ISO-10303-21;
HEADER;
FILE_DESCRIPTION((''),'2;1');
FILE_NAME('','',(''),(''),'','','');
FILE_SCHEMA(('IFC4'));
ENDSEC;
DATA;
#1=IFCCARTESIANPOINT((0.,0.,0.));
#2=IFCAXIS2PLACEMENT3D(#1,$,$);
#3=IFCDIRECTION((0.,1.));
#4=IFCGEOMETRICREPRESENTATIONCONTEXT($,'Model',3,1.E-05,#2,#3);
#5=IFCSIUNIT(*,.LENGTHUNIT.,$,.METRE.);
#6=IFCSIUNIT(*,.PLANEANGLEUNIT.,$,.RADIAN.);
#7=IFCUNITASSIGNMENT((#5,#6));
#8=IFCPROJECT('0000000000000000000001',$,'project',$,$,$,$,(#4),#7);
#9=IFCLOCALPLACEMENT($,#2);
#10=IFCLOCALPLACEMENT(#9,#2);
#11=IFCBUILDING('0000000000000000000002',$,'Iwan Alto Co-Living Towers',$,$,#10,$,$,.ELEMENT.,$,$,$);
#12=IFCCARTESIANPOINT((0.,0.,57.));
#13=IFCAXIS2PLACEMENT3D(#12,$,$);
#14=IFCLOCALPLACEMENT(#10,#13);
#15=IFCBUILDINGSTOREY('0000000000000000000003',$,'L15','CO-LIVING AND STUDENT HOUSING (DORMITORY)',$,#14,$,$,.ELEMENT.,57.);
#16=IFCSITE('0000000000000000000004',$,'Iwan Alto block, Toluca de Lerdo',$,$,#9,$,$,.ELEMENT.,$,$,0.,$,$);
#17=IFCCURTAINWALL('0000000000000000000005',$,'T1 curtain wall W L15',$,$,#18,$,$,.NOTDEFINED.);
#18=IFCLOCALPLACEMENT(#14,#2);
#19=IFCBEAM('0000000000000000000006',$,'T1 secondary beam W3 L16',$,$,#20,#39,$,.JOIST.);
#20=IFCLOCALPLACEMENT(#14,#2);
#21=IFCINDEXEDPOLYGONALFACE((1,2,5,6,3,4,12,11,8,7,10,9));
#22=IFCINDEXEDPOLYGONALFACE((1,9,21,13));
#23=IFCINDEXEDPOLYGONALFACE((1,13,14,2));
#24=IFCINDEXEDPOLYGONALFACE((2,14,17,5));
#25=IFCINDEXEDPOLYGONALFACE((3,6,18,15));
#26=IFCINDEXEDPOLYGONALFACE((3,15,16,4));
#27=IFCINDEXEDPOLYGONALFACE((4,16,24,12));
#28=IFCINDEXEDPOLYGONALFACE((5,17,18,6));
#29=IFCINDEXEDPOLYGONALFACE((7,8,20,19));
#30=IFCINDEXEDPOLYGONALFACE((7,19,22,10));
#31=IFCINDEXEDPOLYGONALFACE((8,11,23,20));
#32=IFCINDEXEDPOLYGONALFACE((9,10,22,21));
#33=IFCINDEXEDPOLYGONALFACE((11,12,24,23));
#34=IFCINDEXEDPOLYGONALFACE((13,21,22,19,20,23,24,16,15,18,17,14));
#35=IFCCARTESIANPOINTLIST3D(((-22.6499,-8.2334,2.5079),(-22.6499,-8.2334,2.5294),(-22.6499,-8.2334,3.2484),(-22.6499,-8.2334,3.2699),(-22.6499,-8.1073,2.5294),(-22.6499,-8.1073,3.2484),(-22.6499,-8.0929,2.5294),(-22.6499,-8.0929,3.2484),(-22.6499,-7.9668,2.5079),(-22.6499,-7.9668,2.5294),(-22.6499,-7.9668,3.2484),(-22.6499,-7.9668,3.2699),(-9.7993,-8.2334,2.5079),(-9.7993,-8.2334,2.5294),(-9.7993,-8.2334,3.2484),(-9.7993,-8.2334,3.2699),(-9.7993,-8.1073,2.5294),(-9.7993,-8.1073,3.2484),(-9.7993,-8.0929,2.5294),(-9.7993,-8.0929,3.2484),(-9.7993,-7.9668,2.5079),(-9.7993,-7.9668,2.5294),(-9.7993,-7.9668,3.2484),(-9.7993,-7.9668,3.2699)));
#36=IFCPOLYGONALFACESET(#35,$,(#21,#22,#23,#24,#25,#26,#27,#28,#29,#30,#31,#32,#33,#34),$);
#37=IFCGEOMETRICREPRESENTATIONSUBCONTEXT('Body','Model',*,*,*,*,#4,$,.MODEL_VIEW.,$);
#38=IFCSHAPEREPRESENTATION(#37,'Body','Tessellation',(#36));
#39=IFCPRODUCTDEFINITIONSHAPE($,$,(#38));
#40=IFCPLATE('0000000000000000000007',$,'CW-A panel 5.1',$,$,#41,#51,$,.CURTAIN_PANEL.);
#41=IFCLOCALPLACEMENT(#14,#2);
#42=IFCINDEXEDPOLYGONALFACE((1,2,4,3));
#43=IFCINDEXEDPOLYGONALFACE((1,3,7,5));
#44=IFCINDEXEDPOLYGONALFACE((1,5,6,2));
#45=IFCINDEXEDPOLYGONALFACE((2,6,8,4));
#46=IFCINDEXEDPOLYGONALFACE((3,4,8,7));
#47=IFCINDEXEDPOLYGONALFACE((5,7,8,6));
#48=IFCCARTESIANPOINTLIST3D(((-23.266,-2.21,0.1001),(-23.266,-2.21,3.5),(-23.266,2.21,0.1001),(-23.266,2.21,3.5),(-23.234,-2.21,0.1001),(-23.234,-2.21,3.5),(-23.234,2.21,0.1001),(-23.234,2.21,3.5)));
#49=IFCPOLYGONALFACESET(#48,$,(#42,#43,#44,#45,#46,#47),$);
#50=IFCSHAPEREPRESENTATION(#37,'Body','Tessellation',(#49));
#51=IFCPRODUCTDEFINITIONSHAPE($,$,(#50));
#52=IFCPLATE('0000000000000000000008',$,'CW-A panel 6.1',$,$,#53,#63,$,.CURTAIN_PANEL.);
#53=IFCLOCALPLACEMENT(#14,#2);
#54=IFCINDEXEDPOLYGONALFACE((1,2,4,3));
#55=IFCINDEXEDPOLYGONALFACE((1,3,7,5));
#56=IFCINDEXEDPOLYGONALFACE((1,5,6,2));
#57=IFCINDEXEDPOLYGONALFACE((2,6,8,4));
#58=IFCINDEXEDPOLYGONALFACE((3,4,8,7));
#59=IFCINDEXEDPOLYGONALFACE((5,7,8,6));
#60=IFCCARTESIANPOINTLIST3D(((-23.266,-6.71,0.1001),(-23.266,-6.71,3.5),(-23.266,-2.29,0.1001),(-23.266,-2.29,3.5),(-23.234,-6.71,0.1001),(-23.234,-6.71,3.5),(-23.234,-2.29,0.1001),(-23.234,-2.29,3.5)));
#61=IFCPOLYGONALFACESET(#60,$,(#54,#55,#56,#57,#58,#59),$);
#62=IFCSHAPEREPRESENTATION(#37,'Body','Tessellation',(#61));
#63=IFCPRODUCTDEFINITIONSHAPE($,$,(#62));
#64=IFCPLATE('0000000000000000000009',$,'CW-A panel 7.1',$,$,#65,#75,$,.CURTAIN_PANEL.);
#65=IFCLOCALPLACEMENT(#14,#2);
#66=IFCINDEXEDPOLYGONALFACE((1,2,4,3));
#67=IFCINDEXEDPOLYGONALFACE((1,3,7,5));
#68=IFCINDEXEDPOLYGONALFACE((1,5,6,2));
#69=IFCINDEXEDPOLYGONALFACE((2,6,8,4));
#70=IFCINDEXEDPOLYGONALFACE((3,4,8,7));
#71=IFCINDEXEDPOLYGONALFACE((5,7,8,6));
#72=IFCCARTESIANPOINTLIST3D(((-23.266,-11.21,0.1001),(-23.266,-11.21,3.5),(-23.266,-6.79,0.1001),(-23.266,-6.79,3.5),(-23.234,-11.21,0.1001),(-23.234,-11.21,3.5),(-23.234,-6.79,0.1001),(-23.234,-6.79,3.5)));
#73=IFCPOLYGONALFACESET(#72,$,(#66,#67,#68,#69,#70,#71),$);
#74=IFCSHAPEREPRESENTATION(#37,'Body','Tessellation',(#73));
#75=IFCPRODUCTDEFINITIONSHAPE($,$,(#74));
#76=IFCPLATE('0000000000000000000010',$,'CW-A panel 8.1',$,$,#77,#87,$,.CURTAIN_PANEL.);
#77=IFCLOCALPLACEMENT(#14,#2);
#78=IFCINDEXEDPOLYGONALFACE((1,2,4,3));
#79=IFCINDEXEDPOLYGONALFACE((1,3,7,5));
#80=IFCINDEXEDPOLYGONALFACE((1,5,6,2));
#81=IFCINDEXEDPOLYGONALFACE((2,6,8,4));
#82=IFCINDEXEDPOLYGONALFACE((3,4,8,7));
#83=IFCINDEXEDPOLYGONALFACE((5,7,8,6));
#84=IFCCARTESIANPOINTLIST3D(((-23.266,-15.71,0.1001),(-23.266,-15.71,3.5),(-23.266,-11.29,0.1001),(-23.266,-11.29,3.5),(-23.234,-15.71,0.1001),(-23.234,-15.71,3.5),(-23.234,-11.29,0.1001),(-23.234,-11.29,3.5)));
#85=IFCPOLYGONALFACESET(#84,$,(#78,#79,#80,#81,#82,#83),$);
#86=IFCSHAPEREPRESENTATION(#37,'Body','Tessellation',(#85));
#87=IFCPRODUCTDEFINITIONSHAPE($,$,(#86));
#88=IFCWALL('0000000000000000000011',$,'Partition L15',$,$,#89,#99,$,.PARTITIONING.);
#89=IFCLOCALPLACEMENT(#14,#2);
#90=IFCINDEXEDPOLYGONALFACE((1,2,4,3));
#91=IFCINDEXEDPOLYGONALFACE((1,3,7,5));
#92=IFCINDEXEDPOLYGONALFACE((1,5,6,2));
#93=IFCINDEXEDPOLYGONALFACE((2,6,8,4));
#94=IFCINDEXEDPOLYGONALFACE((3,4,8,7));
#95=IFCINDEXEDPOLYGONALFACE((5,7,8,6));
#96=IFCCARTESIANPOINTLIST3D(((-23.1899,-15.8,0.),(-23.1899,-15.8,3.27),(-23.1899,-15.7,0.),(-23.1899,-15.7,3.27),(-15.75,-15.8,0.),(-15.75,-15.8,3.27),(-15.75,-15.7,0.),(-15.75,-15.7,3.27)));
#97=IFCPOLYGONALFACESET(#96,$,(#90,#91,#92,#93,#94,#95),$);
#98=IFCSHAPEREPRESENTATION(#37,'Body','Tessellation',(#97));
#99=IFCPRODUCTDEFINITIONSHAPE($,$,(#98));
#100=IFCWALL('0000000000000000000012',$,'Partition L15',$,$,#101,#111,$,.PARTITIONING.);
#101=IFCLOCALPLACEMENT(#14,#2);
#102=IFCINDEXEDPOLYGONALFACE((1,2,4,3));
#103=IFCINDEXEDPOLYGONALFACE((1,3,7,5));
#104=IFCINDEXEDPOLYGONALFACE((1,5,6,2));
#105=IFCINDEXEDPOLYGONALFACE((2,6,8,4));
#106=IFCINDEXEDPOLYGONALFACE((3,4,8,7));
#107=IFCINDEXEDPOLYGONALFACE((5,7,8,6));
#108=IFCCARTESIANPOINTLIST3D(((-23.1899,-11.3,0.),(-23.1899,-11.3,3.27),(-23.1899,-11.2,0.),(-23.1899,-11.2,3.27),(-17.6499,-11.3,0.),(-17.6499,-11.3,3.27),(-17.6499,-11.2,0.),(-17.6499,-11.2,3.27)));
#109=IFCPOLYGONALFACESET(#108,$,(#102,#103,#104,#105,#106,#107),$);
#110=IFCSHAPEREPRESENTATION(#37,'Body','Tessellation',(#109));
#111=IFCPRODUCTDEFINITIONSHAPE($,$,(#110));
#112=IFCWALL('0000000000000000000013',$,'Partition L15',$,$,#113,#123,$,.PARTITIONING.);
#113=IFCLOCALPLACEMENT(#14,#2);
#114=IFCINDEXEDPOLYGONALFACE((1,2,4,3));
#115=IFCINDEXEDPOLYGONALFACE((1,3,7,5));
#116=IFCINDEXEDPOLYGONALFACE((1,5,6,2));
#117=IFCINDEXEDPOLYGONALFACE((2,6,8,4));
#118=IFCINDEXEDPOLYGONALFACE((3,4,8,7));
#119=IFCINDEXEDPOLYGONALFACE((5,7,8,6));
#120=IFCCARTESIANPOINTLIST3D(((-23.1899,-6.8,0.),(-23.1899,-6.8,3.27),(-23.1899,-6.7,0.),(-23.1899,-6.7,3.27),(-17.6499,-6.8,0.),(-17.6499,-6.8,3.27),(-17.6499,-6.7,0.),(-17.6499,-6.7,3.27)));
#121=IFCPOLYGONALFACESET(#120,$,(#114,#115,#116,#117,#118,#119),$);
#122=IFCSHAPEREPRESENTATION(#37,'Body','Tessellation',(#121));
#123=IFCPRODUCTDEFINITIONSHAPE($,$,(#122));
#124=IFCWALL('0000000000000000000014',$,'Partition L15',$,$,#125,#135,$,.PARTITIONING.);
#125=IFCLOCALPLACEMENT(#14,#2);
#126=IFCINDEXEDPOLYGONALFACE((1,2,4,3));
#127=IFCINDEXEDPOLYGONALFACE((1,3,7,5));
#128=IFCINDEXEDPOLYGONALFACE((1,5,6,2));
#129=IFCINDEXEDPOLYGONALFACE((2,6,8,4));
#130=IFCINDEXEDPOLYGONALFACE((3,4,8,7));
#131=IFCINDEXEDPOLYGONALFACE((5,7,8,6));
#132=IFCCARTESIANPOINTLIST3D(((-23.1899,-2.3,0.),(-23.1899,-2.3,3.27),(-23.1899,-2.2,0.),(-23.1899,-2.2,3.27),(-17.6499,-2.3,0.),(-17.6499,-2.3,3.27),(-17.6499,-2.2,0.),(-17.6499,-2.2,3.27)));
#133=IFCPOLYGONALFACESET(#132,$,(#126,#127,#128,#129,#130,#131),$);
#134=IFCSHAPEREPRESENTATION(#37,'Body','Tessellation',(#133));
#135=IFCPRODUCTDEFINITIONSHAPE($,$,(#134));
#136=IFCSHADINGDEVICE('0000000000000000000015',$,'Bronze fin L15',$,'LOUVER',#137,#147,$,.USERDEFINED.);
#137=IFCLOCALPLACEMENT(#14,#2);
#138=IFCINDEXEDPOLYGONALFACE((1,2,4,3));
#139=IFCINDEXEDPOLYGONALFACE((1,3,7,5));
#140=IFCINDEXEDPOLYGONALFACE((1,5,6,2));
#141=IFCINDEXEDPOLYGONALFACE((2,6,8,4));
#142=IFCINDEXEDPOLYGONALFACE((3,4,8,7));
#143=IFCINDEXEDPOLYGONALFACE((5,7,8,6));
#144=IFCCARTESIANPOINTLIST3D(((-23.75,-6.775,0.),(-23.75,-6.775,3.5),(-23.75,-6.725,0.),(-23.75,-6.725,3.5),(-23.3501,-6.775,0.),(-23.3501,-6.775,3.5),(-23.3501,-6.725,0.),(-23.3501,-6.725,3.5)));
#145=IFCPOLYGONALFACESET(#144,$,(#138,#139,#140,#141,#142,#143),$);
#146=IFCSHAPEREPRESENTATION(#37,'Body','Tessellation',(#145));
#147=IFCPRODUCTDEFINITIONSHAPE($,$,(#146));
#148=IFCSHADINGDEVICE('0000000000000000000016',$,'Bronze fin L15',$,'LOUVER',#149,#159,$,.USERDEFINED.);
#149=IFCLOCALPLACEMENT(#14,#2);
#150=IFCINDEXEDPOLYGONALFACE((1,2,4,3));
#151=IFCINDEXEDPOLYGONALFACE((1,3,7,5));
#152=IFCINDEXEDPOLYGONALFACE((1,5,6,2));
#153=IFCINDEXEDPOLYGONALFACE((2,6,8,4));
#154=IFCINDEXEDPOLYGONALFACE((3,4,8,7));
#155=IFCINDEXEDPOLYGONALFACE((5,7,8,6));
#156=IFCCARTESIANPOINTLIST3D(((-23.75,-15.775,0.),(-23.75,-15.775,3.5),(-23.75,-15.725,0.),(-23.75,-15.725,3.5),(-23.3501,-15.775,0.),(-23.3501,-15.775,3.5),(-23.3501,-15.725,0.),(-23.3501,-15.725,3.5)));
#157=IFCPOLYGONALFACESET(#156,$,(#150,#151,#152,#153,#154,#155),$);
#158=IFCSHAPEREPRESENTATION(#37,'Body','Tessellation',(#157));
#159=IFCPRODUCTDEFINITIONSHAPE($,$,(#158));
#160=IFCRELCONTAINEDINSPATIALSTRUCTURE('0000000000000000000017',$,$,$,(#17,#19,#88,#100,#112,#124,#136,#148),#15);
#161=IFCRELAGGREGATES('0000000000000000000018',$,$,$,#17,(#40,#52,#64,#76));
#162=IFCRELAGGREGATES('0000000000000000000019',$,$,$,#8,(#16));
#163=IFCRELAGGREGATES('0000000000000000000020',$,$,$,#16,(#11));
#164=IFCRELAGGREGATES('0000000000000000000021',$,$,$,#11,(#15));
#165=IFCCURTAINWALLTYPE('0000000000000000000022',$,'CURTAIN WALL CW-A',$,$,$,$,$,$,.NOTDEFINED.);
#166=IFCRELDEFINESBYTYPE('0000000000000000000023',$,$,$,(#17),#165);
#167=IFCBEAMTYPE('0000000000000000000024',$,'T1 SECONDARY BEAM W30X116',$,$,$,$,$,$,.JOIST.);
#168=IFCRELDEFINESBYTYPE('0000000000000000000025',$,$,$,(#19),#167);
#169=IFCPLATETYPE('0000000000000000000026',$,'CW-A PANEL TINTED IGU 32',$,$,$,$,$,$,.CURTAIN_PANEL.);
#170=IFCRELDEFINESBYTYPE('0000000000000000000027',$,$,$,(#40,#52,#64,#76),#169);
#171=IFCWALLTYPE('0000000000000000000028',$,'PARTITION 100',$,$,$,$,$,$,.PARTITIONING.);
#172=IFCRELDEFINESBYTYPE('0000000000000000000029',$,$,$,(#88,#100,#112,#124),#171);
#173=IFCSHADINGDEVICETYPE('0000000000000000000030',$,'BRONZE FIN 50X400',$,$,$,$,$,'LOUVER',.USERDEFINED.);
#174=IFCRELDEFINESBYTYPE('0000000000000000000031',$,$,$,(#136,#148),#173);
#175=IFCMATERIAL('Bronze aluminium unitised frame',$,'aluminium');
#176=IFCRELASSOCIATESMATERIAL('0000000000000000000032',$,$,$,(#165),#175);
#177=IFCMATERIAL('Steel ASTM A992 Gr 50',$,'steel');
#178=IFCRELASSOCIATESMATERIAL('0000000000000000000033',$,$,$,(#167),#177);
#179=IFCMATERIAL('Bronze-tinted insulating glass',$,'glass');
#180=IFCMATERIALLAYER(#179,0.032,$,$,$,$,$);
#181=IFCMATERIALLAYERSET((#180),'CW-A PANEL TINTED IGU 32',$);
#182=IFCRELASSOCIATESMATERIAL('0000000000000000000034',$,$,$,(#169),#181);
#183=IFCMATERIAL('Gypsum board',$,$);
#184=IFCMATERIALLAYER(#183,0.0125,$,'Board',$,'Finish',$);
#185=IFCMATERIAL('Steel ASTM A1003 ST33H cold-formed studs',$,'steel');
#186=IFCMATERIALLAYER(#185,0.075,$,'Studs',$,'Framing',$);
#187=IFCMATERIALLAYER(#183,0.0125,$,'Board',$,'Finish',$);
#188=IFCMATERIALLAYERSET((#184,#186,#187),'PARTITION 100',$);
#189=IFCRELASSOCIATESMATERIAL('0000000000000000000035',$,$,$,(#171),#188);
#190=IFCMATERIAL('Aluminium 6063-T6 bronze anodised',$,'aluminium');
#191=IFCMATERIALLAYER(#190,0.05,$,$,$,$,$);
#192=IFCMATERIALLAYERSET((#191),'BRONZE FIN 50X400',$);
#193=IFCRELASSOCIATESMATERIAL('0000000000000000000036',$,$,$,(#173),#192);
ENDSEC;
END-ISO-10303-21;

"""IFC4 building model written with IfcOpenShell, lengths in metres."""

from ifc_helpers import new_model, si_unit, direction, frame, frame_2d, origin, origin_2d, place, context, subcontext, project, spatial, rectangle, i_section, extrude, material, layer, layer_set, material_profile, profile_set, type_object, element, aggregate, save


model = new_model("IFC4")

# Units and contexts
model_context = context("Model", 3, precision=1e-05, world=origin(), true_north=direction((0.0, 1.0)))
body_context = subcontext(model_context, "Body", "Model", "MODEL_VIEW")
ifc_project = project(units=[si_unit("LENGTHUNIT", "METRE"), si_unit("PLANEANGLEUNIT", "RADIAN")], contexts=[model_context])

# Site, building, storey
site_placement = place(None, origin())
site = spatial("IfcSite", under=ifc_project, at=site_placement, Name="Iwan Alto block, Toluca de Lerdo", CompositionType="ELEMENT", RefElevation=0.0)
building_placement = place(site_placement, origin())
building = spatial("IfcBuilding", under=site, at=building_placement, Name="Iwan Alto Co-Living Towers", CompositionType="ELEMENT")
storey_placement = place(building_placement, frame((0.0, 0.0, 57.0)))
storey = spatial("IfcBuildingStorey", under=building, at=storey_placement, Name="L15", Description="CO-LIVING AND STUDENT HOUSING (DORMITORY)", CompositionType="ELEMENT", Elevation=57.0)

# Curtain wall
ifc_material_1 = material(Name="Bronze aluminium unitised frame", Category="aluminium")
curtain_wall_type = type_object("IfcCurtainWallType", Name="CURTAIN WALL CW-A", PredefinedType="NOTDEFINED", material=ifc_material_1)
curtain_wall_placement = place(storey_placement, origin())
curtain_wall = element("IfcCurtainWall", 1, at=curtain_wall_placement, inside=storey, type_object=curtain_wall_type, Name="T1 curtain wall W L15", PredefinedType="NOTDEFINED")

# Beam
ifc_material_2 = material(Name="Steel ASTM A992 Gr 50", Category="steel")
ifc_material_profile_1 = material_profile(ifc_material_2, i_section(OverallWidth=0.2666, OverallDepth=0.762, WebThickness=0.0144, FlangeThickness=0.0215, at=origin_2d()), Name="W30X116")
ifc_profile_set_1 = profile_set([ifc_material_profile_1], Name="Steel ASTM A992 Gr 50")
beam_type_1 = type_object("IfcBeamType", Name="T1 SECONDARY BEAM W30X116", PredefinedType="JOIST", material=ifc_profile_set_1)
beam_1_placement = place(storey_placement, frame((-22.6499, -8.1001, 2.8889), z_axis=(1.0, 0.0, 0.0), x_axis=(0.0, 1.0, 0.0)))
element("IfcBeam", 2, at=beam_1_placement, inside=storey, type_object=beam_type_1, Name="T1 secondary beam W3 L16", PredefinedType="JOIST", context=body_context, shape_type="SweptSolid", body=[
    extrude(i_section(OverallWidth=0.2666, OverallDepth=0.762, WebThickness=0.0144, FlangeThickness=0.0215, at=origin_2d()), origin(), (0.0, 0.0, 1.0), 12.8506),
])

# Plates
ifc_material_3 = material(Name="Bronze-tinted insulating glass", Category="glass")
ifc_layer_1 = layer(ifc_material_3, 0.032)
ifc_layer_set_1 = layer_set([ifc_layer_1], Name="CW-A PANEL TINTED IGU 32")
plate_type = type_object("IfcPlateType", Name="CW-A PANEL TINTED IGU 32", PredefinedType="CURTAIN_PANEL", material=ifc_layer_set_1)
plate_1_placement = place(storey_placement, frame((-23.25, 0.0, 0.1001), z_axis=(0.0, 0.0, 1.0), x_axis=(0.0, -1.0, 0.0)))
plate_1 = element("IfcPlate", 3, at=plate_1_placement, type_object=plate_type, Name="CW-A panel 5.1", PredefinedType="CURTAIN_PANEL", context=body_context, shape_type="SweptSolid", body=[
    extrude(rectangle(XDim=4.4199, YDim=0.032, at=origin_2d()), origin(), (0.0, 0.0, 1.0), 3.3999),
])
plate_2_placement = place(storey_placement, frame((-23.25, -4.5, 0.1001), z_axis=(0.0, 0.0, 1.0), x_axis=(0.0, -1.0, 0.0)))
plate_2 = element("IfcPlate", 4, at=plate_2_placement, type_object=plate_type, Name="CW-A panel 6.1", PredefinedType="CURTAIN_PANEL", context=body_context, shape_type="SweptSolid", body=[
    extrude(rectangle(XDim=4.4199, YDim=0.032, at=origin_2d()), origin(), (0.0, 0.0, 1.0), 3.3999),
])
plate_3_placement = place(storey_placement, frame((-23.25, -9.0, 0.1001), z_axis=(0.0, 0.0, 1.0), x_axis=(0.0, -1.0, 0.0)))
plate_3 = element("IfcPlate", 5, at=plate_3_placement, type_object=plate_type, Name="CW-A panel 7.1", PredefinedType="CURTAIN_PANEL", context=body_context, shape_type="SweptSolid", body=[
    extrude(rectangle(XDim=4.4199, YDim=0.032, at=origin_2d()), origin(), (0.0, 0.0, 1.0), 3.3999),
])
plate_4_placement = place(storey_placement, frame((-23.25, -13.5, 0.1001), z_axis=(0.0, 0.0, 1.0), x_axis=(0.0, -1.0, 0.0)))
plate_4 = element("IfcPlate", 6, at=plate_4_placement, type_object=plate_type, Name="CW-A panel 8.1", PredefinedType="CURTAIN_PANEL", context=body_context, shape_type="SweptSolid", body=[
    extrude(rectangle(XDim=4.4199, YDim=0.032, at=origin_2d()), origin(), (0.0, 0.0, 1.0), 3.3999),
])
aggregate(curtain_wall, [plate_1, plate_2, plate_3, plate_4])

# Walls
ifc_material_4 = material(Name="Gypsum board")
ifc_layer_2 = layer(ifc_material_4, 0.0125, Name="Board", Category="Finish")
ifc_material_5 = material(Name="Steel ASTM A1003 ST33H cold-formed studs", Category="steel")
ifc_layer_3 = layer(ifc_material_5, 0.075, Name="Studs", Category="Framing")
ifc_layer_4 = layer(ifc_material_4, 0.0125, Name="Board", Category="Finish")
ifc_layer_set_2 = layer_set([ifc_layer_2, ifc_layer_3, ifc_layer_4], Name="PARTITION 100")
wall_type = type_object("IfcWallType", Name="PARTITION 100", PredefinedType="PARTITIONING", material=ifc_layer_set_2)
wall_placement = place(storey_placement, frame((-23.1899, -15.75, 0.0), z_axis=(0.0, 0.0, 1.0), x_axis=(1.0, 0.0, 0.0)))
element("IfcWall", 7, at=wall_placement, inside=storey, type_object=wall_type, Name="Partition L15", PredefinedType="PARTITIONING", context=body_context, shape_type="SweptSolid", body=[
    extrude(rectangle(XDim=7.4399, YDim=0.1001, at=frame_2d((3.72, 0.0))), origin(), (0.0, 0.0, 1.0), 3.27),
])
for number, where, z_axis, x_axis, name in (
    (8, (-23.1899, -11.25, 0.0), (0.0, 0.0, 1.0), (1.0, 0.0, 0.0), "Partition L15"),
    (9, (-23.1899, -6.75, 0.0), (0.0, 0.0, 1.0), (1.0, 0.0, 0.0), "Partition L15"),
    (10, (-23.1899, -2.25, 0.0), (0.0, 0.0, 1.0), (1.0, 0.0, 0.0), "Partition L15"),
):
    element("IfcWall", number, at=place(storey_placement, frame(where, z_axis=z_axis, x_axis=x_axis)), inside=storey, type_object=wall_type, Name=name, PredefinedType="PARTITIONING", context=body_context, shape_type="SweptSolid", body=[
        extrude(rectangle(XDim=5.54, YDim=0.1001, at=frame_2d((2.77, 0.0))), origin(), (0.0, 0.0, 1.0), 3.27),
    ])

# Shading devices
ifc_material_6 = material(Name="Aluminium 6063-T6 bronze anodised", Category="aluminium")
ifc_layer_5 = layer(ifc_material_6, 0.05)
ifc_layer_set_3 = layer_set([ifc_layer_5], Name="BRONZE FIN 50X400")
shading_device_type = type_object("IfcShadingDeviceType", Name="BRONZE FIN 50X400", ElementType="LOUVER", PredefinedType="USERDEFINED", material=ifc_layer_set_3)
for number, where, z_axis, x_axis, name in (
    (11, (-23.55, -6.75, 0.0), (0.0, 0.0, 1.0), (0.0, -1.0, 0.0), "Bronze fin L15"),
    (12, (-23.55, -15.75, 0.0), (0.0, 0.0, 1.0), (0.0, -1.0, 0.0), "Bronze fin L15"),
):
    element("IfcShadingDevice", number, at=place(storey_placement, frame(where, z_axis=z_axis, x_axis=x_axis)), inside=storey, type_object=shading_device_type, Name=name, ObjectType="LOUVER", PredefinedType="USERDEFINED", context=body_context, shape_type="SweptSolid", body=[
        extrude(rectangle(XDim=0.05, YDim=0.3999, at=origin_2d()), origin(), (0.0, 0.0, 1.0), 3.5),
    ])

save(model, "model.ifc")
